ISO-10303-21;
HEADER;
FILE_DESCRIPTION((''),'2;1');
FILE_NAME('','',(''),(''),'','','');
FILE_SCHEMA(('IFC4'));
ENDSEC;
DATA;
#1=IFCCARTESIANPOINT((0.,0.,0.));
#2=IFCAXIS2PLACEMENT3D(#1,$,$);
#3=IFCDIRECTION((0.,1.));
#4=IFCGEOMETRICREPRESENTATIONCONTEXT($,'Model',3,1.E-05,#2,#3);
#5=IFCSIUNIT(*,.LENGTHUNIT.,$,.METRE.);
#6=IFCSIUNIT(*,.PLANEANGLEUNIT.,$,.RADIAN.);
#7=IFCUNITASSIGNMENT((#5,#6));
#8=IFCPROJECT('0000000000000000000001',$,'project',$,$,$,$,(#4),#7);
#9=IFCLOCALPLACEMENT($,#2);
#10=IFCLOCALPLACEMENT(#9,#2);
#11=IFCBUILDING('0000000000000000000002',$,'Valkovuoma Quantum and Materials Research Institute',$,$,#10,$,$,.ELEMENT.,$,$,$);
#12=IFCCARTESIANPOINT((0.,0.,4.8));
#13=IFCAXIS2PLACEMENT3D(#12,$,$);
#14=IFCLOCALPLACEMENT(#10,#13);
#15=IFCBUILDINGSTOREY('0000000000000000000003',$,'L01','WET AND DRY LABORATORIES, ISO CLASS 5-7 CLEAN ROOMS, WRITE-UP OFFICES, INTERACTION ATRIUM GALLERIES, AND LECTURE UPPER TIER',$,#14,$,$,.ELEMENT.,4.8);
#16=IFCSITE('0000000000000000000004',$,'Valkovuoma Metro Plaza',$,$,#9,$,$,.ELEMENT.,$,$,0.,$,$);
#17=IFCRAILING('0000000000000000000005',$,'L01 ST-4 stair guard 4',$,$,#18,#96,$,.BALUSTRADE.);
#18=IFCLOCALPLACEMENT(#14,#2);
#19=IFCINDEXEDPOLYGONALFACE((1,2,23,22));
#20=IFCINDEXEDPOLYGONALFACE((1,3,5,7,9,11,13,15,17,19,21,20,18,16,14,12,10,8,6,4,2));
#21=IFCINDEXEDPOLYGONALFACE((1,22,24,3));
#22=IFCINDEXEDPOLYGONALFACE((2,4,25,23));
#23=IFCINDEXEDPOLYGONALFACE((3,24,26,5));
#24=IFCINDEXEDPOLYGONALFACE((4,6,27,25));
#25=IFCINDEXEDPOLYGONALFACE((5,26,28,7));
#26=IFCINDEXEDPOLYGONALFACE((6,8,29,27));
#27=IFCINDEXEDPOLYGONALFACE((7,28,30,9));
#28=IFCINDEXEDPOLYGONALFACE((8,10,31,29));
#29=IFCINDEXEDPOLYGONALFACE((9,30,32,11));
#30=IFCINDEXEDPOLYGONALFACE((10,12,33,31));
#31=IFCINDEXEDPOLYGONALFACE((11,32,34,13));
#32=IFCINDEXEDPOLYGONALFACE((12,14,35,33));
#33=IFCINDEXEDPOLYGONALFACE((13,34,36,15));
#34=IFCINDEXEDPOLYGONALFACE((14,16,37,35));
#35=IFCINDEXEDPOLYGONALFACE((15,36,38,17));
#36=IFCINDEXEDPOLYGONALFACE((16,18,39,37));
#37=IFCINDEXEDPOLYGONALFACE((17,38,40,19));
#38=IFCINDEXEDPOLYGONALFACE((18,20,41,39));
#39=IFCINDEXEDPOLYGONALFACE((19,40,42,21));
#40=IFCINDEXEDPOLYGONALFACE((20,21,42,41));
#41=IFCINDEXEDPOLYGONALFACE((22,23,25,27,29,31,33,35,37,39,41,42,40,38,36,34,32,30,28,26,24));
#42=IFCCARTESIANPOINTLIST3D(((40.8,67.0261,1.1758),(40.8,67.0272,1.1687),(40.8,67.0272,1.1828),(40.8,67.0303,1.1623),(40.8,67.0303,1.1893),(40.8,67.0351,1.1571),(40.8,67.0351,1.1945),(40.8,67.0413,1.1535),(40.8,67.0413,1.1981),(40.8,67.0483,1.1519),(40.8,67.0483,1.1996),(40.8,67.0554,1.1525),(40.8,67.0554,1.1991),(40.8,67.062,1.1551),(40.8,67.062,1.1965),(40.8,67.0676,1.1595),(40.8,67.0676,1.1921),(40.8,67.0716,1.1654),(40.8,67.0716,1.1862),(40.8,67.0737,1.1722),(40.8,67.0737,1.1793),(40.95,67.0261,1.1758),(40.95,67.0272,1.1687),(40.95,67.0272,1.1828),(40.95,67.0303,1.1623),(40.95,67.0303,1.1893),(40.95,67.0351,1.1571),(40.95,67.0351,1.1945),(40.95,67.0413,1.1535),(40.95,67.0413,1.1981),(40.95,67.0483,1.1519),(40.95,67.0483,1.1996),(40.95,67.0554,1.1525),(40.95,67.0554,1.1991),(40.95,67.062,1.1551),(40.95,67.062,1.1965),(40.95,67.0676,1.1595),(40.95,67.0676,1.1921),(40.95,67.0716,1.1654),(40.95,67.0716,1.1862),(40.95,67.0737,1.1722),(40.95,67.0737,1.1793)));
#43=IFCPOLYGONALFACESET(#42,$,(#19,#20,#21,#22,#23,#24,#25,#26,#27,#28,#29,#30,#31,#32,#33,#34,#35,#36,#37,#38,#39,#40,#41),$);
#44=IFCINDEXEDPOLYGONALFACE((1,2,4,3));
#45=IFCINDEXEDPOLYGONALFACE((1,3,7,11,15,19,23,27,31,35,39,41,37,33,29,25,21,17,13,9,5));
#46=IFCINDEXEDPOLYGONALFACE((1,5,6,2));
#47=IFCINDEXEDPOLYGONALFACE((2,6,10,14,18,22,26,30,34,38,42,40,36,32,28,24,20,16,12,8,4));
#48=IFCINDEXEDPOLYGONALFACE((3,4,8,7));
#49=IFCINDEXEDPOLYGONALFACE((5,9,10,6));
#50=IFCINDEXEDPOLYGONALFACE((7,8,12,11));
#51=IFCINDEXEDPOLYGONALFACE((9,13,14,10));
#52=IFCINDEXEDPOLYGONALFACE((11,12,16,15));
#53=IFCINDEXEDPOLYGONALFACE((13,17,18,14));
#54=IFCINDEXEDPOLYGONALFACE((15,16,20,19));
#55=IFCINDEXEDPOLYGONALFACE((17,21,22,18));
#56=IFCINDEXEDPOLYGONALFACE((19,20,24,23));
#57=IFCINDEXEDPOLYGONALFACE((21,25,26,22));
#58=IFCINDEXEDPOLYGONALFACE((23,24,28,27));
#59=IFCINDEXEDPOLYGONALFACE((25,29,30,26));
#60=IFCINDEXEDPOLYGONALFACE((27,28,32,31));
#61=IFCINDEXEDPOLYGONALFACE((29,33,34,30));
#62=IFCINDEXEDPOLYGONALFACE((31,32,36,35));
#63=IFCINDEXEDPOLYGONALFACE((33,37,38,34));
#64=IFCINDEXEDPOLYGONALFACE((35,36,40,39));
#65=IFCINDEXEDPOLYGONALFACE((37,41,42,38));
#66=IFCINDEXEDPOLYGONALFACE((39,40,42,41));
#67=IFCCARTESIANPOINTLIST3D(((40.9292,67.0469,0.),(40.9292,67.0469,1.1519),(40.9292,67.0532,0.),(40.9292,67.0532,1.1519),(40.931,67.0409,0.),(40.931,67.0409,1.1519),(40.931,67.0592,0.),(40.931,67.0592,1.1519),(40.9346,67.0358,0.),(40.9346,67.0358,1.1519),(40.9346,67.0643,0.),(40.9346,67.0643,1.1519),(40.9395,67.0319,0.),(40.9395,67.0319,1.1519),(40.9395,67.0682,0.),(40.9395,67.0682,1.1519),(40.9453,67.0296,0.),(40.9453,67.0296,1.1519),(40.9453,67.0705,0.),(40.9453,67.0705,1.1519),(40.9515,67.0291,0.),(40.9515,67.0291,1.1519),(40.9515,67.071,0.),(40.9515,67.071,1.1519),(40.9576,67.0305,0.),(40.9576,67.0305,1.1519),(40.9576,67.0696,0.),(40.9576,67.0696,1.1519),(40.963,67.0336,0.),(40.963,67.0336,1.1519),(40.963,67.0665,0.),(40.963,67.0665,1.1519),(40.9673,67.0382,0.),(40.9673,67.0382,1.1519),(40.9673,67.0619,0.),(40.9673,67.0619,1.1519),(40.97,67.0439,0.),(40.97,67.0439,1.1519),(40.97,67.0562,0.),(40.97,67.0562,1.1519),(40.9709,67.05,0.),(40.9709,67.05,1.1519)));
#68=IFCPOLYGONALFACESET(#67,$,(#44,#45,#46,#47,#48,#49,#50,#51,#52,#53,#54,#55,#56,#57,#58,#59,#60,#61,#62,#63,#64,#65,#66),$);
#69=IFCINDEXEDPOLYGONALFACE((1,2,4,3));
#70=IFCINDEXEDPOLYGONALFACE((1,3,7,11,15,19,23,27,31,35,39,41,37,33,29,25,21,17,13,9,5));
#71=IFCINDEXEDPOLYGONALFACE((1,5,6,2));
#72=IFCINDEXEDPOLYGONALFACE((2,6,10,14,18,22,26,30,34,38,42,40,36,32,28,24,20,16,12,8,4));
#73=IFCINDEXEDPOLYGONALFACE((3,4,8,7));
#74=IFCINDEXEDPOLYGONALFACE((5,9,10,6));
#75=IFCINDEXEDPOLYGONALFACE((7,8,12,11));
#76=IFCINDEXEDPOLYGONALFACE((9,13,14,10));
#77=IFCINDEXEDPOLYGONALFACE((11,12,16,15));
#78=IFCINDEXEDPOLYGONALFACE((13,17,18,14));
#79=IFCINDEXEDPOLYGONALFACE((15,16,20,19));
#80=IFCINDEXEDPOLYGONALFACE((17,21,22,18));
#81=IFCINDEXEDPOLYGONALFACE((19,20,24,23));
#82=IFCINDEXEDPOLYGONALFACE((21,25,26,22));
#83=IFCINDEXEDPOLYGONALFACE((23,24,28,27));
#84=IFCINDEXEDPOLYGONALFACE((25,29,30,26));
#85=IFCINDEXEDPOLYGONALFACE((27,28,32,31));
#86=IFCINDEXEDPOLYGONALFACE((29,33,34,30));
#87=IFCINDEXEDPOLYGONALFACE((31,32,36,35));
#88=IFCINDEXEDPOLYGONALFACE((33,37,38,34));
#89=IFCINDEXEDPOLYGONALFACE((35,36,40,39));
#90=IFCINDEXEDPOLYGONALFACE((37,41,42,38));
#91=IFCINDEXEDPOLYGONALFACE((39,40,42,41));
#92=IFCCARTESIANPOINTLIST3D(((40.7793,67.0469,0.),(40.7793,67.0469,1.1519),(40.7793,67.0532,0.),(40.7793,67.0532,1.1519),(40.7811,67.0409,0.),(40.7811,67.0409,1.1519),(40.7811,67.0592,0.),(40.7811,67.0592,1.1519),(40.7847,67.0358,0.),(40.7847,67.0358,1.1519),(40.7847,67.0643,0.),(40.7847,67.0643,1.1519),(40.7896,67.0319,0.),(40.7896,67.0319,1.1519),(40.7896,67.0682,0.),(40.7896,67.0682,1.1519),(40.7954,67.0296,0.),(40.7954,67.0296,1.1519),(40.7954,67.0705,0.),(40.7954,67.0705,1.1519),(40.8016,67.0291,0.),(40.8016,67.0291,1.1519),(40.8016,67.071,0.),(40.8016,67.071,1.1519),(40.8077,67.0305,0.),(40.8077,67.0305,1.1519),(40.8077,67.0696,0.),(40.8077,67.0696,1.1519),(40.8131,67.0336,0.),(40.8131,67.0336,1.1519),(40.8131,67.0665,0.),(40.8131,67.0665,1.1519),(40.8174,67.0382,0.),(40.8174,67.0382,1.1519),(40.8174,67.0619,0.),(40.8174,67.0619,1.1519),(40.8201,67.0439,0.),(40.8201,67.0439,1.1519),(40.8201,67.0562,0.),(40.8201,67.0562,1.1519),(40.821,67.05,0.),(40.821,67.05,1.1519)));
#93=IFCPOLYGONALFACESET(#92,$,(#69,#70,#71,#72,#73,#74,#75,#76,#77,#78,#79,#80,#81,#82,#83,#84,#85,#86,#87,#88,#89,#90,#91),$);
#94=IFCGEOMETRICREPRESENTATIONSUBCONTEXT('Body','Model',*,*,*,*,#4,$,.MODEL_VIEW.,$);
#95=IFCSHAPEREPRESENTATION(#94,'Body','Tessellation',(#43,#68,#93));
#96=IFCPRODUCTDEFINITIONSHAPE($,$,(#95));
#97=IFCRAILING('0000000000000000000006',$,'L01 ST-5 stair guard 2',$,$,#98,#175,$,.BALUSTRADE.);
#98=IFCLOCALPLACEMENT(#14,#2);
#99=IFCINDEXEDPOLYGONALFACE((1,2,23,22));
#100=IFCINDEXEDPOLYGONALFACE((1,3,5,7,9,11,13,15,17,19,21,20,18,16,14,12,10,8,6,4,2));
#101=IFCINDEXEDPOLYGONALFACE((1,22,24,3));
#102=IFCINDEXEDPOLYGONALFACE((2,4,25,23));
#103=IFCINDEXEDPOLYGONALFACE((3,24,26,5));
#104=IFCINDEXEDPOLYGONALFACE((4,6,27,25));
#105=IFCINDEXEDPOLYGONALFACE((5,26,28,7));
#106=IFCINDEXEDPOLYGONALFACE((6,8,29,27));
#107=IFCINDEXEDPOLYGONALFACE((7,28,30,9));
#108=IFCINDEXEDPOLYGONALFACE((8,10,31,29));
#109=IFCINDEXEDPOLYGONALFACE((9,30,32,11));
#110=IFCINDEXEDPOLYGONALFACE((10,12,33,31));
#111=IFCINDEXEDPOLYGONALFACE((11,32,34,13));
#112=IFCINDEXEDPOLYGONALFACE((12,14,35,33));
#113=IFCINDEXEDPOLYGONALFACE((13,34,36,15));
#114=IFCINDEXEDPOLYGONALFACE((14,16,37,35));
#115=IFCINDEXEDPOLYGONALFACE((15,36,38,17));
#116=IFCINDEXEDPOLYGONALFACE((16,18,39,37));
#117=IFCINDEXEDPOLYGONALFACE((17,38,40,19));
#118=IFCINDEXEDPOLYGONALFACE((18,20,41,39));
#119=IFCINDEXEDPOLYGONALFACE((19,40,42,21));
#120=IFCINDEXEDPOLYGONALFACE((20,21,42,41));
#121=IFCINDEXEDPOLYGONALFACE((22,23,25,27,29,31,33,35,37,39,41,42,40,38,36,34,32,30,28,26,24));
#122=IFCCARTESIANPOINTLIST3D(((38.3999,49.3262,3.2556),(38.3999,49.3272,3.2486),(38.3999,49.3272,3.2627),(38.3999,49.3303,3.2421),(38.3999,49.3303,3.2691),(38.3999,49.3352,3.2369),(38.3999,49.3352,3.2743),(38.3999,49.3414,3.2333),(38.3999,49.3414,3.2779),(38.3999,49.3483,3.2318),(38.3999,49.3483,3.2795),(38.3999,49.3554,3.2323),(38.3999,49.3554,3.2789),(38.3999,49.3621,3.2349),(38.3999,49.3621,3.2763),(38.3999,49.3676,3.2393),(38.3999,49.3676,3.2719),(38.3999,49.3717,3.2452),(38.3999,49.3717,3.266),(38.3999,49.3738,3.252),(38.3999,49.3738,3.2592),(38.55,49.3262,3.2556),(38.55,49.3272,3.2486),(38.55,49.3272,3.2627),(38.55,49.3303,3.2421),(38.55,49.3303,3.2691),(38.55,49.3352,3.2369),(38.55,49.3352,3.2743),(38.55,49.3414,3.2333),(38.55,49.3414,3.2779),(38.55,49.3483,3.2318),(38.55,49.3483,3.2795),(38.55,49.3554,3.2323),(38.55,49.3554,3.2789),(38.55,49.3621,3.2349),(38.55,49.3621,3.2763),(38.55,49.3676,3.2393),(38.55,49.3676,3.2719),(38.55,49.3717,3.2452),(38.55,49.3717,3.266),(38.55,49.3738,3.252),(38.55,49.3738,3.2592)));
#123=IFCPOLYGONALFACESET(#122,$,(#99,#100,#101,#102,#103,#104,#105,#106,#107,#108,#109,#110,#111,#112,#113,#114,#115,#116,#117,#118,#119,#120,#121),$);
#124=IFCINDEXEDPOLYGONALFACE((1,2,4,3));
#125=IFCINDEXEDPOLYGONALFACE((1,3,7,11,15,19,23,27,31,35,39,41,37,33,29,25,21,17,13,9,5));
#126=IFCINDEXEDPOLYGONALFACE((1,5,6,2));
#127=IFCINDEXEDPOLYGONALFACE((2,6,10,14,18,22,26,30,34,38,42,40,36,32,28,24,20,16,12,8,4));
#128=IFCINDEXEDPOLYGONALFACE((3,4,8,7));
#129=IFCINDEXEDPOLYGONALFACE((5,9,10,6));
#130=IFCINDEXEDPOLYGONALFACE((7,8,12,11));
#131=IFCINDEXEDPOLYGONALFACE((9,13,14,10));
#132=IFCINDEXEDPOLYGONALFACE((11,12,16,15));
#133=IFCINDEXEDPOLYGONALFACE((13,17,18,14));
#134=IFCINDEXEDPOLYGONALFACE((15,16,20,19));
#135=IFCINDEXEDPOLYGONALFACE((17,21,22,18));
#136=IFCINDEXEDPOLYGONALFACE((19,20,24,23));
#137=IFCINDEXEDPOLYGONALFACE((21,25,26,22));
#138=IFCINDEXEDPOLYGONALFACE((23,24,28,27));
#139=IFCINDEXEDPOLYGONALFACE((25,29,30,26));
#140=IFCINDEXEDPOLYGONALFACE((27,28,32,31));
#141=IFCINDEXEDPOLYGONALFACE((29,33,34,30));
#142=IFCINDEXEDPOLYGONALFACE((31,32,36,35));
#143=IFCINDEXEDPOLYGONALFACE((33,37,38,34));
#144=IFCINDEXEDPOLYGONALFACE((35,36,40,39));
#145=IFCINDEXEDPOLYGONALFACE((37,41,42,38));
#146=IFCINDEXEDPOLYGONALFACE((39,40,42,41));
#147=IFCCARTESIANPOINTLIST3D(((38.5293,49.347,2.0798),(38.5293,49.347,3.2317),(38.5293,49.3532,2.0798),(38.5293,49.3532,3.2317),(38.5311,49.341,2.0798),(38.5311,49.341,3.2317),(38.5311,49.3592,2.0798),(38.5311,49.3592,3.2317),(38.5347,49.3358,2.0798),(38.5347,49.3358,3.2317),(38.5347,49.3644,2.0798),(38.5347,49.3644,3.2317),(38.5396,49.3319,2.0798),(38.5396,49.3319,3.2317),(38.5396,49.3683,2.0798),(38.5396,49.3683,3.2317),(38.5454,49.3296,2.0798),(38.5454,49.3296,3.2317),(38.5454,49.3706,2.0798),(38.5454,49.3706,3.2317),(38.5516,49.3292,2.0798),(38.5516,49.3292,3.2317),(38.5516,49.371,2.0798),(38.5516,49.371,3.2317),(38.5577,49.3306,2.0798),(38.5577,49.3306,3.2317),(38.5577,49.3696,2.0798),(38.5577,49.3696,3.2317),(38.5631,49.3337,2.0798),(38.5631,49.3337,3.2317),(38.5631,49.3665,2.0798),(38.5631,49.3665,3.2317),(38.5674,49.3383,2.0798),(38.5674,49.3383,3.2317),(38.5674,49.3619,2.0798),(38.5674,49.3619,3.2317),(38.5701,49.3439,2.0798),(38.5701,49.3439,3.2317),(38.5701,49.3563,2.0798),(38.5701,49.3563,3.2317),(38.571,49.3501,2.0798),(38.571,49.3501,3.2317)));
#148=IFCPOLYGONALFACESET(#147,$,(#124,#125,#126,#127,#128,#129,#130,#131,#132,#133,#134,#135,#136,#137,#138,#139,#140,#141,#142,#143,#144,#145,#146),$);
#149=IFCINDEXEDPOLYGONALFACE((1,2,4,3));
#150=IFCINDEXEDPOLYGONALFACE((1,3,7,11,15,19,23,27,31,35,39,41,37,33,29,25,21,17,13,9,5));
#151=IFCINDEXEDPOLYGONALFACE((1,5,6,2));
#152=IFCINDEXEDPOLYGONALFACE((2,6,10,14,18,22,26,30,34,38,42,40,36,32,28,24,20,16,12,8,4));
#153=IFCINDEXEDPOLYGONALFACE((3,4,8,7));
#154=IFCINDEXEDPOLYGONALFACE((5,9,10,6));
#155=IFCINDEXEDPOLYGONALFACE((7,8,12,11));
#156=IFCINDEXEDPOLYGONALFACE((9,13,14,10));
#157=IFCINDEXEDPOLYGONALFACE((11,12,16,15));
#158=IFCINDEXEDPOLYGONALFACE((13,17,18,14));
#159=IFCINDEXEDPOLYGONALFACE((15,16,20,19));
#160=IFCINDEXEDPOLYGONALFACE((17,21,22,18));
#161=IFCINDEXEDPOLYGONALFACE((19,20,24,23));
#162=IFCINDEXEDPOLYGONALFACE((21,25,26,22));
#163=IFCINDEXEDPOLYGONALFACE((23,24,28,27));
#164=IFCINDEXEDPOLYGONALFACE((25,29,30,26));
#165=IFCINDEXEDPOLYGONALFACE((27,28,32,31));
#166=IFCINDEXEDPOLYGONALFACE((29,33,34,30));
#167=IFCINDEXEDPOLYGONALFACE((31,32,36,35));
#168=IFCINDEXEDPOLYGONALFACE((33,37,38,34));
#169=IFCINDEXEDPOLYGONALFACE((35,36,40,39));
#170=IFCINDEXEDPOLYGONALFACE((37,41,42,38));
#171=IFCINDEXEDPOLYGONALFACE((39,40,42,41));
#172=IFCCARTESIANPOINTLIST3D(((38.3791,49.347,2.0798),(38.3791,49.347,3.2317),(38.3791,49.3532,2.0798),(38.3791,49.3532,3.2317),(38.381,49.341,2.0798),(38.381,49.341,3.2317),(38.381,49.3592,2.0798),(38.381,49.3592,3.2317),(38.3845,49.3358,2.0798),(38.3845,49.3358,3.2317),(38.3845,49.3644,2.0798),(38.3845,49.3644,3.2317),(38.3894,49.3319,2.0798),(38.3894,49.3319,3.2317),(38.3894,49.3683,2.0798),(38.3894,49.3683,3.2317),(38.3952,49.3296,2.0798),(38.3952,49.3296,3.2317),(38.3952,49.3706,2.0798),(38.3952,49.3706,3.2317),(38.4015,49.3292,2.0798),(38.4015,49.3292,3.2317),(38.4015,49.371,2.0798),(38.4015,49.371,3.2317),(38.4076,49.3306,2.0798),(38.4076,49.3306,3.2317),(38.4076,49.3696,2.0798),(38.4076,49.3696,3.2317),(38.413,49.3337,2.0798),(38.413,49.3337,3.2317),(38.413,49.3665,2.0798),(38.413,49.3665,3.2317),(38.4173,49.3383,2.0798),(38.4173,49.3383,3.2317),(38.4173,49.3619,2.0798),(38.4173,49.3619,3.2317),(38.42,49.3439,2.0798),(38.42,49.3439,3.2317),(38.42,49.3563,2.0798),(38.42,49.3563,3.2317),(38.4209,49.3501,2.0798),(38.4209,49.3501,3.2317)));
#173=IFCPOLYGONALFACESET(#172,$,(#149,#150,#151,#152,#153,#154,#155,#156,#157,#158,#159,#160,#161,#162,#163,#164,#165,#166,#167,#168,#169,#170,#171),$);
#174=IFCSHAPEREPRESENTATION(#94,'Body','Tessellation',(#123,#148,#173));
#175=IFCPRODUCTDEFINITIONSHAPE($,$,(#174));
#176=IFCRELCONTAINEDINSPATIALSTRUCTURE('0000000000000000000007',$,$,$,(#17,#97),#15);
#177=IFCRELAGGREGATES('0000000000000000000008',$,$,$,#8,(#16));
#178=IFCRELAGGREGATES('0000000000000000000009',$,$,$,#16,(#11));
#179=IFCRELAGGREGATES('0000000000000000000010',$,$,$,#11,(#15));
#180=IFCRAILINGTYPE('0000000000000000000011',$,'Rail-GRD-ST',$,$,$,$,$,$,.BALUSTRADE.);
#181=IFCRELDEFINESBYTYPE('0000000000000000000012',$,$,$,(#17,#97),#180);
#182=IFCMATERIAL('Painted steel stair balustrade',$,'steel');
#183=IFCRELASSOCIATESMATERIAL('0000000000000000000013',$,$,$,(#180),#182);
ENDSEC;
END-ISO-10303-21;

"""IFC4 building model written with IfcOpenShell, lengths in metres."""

from ifc_helpers import new_model, si_unit, direction, frame, origin, origin_2d, place, context, subcontext, project, spatial, circle, extrude, material, type_object, element, save


model = new_model("IFC4")

# Units and contexts
model_context = context("Model", 3, precision=1e-05, world=origin(), true_north=direction((0.0, 1.0)))
body_context = subcontext(model_context, "Body", "Model", "MODEL_VIEW")
ifc_project = project(units=[si_unit("LENGTHUNIT", "METRE"), si_unit("PLANEANGLEUNIT", "RADIAN")], contexts=[model_context])

# Site, building, storey
site_placement = place(None, origin())
site = spatial("IfcSite", under=ifc_project, at=site_placement, Name="Valkovuoma Metro Plaza", CompositionType="ELEMENT", RefElevation=0.0)
building_placement = place(site_placement, origin())
building = spatial("IfcBuilding", under=site, at=building_placement, Name="Valkovuoma Quantum and Materials Research Institute", CompositionType="ELEMENT")
storey_placement = place(building_placement, frame((0.0, 0.0, 4.8)))
storey = spatial("IfcBuildingStorey", under=building, at=storey_placement, Name="L01", Description="WET AND DRY LABORATORIES, ISO CLASS 5-7 CLEAN ROOMS, WRITE-UP OFFICES, INTERACTION ATRIUM GALLERIES, AND LECTURE UPPER TIER", CompositionType="ELEMENT", Elevation=4.8)

# Railings
ifc_material_1 = material(Name="Painted steel stair balustrade", Category="steel")
railing_type_1 = type_object("IfcRailingType", Name="Rail-GRD-ST", PredefinedType="BALUSTRADE", material=ifc_material_1)
railing_1_placement = place(storey_placement, frame((40.95, 67.05, 0.0)))
element("IfcRailing", 1, at=railing_1_placement, inside=storey, type_object=railing_type_1, Name="L01 ST-4 stair guard 4", PredefinedType="BALUSTRADE", context=body_context, shape_type="SweptSolid", body=[
    extrude(circle(Radius=0.0239, at=origin_2d()), frame((0.0, 0.0, 1.1758), z_axis=(-1.0, 0.0, 0.0), x_axis=(0.0, -1.0, 0.0)), (0.0, 0.0, 1.0), 0.1499),
    extrude(circle(Radius=0.021, at=origin_2d()), origin(), (0.0, 0.0, 1.0), 1.1519),
    extrude(circle(Radius=0.021, at=origin_2d()), frame((-0.1499, 0.0, 0.0)), (0.0, 0.0, 1.0), 1.1519),
])
railing_2_placement = place(storey_placement, frame((38.55, 49.3501, 2.0798)))
element("IfcRailing", 2, at=railing_2_placement, inside=storey, type_object=railing_type_1, Name="L01 ST-5 stair guard 2", PredefinedType="BALUSTRADE", context=body_context, shape_type="SweptSolid", body=[
    extrude(circle(Radius=0.0239, at=origin_2d()), frame((0.0, 0.0, 1.1758), z_axis=(-1.0, 0.0, 0.0), x_axis=(0.0, -1.0, 0.0)), (0.0, 0.0, 1.0), 0.1501),
    extrude(circle(Radius=0.021, at=origin_2d()), origin(), (0.0, 0.0, 1.0), 1.1519),
    extrude(circle(Radius=0.021, at=origin_2d()), frame((-0.1501, 0.0, 0.0)), (0.0, 0.0, 1.0), 1.1519),
])

save(model, "model.ifc")
